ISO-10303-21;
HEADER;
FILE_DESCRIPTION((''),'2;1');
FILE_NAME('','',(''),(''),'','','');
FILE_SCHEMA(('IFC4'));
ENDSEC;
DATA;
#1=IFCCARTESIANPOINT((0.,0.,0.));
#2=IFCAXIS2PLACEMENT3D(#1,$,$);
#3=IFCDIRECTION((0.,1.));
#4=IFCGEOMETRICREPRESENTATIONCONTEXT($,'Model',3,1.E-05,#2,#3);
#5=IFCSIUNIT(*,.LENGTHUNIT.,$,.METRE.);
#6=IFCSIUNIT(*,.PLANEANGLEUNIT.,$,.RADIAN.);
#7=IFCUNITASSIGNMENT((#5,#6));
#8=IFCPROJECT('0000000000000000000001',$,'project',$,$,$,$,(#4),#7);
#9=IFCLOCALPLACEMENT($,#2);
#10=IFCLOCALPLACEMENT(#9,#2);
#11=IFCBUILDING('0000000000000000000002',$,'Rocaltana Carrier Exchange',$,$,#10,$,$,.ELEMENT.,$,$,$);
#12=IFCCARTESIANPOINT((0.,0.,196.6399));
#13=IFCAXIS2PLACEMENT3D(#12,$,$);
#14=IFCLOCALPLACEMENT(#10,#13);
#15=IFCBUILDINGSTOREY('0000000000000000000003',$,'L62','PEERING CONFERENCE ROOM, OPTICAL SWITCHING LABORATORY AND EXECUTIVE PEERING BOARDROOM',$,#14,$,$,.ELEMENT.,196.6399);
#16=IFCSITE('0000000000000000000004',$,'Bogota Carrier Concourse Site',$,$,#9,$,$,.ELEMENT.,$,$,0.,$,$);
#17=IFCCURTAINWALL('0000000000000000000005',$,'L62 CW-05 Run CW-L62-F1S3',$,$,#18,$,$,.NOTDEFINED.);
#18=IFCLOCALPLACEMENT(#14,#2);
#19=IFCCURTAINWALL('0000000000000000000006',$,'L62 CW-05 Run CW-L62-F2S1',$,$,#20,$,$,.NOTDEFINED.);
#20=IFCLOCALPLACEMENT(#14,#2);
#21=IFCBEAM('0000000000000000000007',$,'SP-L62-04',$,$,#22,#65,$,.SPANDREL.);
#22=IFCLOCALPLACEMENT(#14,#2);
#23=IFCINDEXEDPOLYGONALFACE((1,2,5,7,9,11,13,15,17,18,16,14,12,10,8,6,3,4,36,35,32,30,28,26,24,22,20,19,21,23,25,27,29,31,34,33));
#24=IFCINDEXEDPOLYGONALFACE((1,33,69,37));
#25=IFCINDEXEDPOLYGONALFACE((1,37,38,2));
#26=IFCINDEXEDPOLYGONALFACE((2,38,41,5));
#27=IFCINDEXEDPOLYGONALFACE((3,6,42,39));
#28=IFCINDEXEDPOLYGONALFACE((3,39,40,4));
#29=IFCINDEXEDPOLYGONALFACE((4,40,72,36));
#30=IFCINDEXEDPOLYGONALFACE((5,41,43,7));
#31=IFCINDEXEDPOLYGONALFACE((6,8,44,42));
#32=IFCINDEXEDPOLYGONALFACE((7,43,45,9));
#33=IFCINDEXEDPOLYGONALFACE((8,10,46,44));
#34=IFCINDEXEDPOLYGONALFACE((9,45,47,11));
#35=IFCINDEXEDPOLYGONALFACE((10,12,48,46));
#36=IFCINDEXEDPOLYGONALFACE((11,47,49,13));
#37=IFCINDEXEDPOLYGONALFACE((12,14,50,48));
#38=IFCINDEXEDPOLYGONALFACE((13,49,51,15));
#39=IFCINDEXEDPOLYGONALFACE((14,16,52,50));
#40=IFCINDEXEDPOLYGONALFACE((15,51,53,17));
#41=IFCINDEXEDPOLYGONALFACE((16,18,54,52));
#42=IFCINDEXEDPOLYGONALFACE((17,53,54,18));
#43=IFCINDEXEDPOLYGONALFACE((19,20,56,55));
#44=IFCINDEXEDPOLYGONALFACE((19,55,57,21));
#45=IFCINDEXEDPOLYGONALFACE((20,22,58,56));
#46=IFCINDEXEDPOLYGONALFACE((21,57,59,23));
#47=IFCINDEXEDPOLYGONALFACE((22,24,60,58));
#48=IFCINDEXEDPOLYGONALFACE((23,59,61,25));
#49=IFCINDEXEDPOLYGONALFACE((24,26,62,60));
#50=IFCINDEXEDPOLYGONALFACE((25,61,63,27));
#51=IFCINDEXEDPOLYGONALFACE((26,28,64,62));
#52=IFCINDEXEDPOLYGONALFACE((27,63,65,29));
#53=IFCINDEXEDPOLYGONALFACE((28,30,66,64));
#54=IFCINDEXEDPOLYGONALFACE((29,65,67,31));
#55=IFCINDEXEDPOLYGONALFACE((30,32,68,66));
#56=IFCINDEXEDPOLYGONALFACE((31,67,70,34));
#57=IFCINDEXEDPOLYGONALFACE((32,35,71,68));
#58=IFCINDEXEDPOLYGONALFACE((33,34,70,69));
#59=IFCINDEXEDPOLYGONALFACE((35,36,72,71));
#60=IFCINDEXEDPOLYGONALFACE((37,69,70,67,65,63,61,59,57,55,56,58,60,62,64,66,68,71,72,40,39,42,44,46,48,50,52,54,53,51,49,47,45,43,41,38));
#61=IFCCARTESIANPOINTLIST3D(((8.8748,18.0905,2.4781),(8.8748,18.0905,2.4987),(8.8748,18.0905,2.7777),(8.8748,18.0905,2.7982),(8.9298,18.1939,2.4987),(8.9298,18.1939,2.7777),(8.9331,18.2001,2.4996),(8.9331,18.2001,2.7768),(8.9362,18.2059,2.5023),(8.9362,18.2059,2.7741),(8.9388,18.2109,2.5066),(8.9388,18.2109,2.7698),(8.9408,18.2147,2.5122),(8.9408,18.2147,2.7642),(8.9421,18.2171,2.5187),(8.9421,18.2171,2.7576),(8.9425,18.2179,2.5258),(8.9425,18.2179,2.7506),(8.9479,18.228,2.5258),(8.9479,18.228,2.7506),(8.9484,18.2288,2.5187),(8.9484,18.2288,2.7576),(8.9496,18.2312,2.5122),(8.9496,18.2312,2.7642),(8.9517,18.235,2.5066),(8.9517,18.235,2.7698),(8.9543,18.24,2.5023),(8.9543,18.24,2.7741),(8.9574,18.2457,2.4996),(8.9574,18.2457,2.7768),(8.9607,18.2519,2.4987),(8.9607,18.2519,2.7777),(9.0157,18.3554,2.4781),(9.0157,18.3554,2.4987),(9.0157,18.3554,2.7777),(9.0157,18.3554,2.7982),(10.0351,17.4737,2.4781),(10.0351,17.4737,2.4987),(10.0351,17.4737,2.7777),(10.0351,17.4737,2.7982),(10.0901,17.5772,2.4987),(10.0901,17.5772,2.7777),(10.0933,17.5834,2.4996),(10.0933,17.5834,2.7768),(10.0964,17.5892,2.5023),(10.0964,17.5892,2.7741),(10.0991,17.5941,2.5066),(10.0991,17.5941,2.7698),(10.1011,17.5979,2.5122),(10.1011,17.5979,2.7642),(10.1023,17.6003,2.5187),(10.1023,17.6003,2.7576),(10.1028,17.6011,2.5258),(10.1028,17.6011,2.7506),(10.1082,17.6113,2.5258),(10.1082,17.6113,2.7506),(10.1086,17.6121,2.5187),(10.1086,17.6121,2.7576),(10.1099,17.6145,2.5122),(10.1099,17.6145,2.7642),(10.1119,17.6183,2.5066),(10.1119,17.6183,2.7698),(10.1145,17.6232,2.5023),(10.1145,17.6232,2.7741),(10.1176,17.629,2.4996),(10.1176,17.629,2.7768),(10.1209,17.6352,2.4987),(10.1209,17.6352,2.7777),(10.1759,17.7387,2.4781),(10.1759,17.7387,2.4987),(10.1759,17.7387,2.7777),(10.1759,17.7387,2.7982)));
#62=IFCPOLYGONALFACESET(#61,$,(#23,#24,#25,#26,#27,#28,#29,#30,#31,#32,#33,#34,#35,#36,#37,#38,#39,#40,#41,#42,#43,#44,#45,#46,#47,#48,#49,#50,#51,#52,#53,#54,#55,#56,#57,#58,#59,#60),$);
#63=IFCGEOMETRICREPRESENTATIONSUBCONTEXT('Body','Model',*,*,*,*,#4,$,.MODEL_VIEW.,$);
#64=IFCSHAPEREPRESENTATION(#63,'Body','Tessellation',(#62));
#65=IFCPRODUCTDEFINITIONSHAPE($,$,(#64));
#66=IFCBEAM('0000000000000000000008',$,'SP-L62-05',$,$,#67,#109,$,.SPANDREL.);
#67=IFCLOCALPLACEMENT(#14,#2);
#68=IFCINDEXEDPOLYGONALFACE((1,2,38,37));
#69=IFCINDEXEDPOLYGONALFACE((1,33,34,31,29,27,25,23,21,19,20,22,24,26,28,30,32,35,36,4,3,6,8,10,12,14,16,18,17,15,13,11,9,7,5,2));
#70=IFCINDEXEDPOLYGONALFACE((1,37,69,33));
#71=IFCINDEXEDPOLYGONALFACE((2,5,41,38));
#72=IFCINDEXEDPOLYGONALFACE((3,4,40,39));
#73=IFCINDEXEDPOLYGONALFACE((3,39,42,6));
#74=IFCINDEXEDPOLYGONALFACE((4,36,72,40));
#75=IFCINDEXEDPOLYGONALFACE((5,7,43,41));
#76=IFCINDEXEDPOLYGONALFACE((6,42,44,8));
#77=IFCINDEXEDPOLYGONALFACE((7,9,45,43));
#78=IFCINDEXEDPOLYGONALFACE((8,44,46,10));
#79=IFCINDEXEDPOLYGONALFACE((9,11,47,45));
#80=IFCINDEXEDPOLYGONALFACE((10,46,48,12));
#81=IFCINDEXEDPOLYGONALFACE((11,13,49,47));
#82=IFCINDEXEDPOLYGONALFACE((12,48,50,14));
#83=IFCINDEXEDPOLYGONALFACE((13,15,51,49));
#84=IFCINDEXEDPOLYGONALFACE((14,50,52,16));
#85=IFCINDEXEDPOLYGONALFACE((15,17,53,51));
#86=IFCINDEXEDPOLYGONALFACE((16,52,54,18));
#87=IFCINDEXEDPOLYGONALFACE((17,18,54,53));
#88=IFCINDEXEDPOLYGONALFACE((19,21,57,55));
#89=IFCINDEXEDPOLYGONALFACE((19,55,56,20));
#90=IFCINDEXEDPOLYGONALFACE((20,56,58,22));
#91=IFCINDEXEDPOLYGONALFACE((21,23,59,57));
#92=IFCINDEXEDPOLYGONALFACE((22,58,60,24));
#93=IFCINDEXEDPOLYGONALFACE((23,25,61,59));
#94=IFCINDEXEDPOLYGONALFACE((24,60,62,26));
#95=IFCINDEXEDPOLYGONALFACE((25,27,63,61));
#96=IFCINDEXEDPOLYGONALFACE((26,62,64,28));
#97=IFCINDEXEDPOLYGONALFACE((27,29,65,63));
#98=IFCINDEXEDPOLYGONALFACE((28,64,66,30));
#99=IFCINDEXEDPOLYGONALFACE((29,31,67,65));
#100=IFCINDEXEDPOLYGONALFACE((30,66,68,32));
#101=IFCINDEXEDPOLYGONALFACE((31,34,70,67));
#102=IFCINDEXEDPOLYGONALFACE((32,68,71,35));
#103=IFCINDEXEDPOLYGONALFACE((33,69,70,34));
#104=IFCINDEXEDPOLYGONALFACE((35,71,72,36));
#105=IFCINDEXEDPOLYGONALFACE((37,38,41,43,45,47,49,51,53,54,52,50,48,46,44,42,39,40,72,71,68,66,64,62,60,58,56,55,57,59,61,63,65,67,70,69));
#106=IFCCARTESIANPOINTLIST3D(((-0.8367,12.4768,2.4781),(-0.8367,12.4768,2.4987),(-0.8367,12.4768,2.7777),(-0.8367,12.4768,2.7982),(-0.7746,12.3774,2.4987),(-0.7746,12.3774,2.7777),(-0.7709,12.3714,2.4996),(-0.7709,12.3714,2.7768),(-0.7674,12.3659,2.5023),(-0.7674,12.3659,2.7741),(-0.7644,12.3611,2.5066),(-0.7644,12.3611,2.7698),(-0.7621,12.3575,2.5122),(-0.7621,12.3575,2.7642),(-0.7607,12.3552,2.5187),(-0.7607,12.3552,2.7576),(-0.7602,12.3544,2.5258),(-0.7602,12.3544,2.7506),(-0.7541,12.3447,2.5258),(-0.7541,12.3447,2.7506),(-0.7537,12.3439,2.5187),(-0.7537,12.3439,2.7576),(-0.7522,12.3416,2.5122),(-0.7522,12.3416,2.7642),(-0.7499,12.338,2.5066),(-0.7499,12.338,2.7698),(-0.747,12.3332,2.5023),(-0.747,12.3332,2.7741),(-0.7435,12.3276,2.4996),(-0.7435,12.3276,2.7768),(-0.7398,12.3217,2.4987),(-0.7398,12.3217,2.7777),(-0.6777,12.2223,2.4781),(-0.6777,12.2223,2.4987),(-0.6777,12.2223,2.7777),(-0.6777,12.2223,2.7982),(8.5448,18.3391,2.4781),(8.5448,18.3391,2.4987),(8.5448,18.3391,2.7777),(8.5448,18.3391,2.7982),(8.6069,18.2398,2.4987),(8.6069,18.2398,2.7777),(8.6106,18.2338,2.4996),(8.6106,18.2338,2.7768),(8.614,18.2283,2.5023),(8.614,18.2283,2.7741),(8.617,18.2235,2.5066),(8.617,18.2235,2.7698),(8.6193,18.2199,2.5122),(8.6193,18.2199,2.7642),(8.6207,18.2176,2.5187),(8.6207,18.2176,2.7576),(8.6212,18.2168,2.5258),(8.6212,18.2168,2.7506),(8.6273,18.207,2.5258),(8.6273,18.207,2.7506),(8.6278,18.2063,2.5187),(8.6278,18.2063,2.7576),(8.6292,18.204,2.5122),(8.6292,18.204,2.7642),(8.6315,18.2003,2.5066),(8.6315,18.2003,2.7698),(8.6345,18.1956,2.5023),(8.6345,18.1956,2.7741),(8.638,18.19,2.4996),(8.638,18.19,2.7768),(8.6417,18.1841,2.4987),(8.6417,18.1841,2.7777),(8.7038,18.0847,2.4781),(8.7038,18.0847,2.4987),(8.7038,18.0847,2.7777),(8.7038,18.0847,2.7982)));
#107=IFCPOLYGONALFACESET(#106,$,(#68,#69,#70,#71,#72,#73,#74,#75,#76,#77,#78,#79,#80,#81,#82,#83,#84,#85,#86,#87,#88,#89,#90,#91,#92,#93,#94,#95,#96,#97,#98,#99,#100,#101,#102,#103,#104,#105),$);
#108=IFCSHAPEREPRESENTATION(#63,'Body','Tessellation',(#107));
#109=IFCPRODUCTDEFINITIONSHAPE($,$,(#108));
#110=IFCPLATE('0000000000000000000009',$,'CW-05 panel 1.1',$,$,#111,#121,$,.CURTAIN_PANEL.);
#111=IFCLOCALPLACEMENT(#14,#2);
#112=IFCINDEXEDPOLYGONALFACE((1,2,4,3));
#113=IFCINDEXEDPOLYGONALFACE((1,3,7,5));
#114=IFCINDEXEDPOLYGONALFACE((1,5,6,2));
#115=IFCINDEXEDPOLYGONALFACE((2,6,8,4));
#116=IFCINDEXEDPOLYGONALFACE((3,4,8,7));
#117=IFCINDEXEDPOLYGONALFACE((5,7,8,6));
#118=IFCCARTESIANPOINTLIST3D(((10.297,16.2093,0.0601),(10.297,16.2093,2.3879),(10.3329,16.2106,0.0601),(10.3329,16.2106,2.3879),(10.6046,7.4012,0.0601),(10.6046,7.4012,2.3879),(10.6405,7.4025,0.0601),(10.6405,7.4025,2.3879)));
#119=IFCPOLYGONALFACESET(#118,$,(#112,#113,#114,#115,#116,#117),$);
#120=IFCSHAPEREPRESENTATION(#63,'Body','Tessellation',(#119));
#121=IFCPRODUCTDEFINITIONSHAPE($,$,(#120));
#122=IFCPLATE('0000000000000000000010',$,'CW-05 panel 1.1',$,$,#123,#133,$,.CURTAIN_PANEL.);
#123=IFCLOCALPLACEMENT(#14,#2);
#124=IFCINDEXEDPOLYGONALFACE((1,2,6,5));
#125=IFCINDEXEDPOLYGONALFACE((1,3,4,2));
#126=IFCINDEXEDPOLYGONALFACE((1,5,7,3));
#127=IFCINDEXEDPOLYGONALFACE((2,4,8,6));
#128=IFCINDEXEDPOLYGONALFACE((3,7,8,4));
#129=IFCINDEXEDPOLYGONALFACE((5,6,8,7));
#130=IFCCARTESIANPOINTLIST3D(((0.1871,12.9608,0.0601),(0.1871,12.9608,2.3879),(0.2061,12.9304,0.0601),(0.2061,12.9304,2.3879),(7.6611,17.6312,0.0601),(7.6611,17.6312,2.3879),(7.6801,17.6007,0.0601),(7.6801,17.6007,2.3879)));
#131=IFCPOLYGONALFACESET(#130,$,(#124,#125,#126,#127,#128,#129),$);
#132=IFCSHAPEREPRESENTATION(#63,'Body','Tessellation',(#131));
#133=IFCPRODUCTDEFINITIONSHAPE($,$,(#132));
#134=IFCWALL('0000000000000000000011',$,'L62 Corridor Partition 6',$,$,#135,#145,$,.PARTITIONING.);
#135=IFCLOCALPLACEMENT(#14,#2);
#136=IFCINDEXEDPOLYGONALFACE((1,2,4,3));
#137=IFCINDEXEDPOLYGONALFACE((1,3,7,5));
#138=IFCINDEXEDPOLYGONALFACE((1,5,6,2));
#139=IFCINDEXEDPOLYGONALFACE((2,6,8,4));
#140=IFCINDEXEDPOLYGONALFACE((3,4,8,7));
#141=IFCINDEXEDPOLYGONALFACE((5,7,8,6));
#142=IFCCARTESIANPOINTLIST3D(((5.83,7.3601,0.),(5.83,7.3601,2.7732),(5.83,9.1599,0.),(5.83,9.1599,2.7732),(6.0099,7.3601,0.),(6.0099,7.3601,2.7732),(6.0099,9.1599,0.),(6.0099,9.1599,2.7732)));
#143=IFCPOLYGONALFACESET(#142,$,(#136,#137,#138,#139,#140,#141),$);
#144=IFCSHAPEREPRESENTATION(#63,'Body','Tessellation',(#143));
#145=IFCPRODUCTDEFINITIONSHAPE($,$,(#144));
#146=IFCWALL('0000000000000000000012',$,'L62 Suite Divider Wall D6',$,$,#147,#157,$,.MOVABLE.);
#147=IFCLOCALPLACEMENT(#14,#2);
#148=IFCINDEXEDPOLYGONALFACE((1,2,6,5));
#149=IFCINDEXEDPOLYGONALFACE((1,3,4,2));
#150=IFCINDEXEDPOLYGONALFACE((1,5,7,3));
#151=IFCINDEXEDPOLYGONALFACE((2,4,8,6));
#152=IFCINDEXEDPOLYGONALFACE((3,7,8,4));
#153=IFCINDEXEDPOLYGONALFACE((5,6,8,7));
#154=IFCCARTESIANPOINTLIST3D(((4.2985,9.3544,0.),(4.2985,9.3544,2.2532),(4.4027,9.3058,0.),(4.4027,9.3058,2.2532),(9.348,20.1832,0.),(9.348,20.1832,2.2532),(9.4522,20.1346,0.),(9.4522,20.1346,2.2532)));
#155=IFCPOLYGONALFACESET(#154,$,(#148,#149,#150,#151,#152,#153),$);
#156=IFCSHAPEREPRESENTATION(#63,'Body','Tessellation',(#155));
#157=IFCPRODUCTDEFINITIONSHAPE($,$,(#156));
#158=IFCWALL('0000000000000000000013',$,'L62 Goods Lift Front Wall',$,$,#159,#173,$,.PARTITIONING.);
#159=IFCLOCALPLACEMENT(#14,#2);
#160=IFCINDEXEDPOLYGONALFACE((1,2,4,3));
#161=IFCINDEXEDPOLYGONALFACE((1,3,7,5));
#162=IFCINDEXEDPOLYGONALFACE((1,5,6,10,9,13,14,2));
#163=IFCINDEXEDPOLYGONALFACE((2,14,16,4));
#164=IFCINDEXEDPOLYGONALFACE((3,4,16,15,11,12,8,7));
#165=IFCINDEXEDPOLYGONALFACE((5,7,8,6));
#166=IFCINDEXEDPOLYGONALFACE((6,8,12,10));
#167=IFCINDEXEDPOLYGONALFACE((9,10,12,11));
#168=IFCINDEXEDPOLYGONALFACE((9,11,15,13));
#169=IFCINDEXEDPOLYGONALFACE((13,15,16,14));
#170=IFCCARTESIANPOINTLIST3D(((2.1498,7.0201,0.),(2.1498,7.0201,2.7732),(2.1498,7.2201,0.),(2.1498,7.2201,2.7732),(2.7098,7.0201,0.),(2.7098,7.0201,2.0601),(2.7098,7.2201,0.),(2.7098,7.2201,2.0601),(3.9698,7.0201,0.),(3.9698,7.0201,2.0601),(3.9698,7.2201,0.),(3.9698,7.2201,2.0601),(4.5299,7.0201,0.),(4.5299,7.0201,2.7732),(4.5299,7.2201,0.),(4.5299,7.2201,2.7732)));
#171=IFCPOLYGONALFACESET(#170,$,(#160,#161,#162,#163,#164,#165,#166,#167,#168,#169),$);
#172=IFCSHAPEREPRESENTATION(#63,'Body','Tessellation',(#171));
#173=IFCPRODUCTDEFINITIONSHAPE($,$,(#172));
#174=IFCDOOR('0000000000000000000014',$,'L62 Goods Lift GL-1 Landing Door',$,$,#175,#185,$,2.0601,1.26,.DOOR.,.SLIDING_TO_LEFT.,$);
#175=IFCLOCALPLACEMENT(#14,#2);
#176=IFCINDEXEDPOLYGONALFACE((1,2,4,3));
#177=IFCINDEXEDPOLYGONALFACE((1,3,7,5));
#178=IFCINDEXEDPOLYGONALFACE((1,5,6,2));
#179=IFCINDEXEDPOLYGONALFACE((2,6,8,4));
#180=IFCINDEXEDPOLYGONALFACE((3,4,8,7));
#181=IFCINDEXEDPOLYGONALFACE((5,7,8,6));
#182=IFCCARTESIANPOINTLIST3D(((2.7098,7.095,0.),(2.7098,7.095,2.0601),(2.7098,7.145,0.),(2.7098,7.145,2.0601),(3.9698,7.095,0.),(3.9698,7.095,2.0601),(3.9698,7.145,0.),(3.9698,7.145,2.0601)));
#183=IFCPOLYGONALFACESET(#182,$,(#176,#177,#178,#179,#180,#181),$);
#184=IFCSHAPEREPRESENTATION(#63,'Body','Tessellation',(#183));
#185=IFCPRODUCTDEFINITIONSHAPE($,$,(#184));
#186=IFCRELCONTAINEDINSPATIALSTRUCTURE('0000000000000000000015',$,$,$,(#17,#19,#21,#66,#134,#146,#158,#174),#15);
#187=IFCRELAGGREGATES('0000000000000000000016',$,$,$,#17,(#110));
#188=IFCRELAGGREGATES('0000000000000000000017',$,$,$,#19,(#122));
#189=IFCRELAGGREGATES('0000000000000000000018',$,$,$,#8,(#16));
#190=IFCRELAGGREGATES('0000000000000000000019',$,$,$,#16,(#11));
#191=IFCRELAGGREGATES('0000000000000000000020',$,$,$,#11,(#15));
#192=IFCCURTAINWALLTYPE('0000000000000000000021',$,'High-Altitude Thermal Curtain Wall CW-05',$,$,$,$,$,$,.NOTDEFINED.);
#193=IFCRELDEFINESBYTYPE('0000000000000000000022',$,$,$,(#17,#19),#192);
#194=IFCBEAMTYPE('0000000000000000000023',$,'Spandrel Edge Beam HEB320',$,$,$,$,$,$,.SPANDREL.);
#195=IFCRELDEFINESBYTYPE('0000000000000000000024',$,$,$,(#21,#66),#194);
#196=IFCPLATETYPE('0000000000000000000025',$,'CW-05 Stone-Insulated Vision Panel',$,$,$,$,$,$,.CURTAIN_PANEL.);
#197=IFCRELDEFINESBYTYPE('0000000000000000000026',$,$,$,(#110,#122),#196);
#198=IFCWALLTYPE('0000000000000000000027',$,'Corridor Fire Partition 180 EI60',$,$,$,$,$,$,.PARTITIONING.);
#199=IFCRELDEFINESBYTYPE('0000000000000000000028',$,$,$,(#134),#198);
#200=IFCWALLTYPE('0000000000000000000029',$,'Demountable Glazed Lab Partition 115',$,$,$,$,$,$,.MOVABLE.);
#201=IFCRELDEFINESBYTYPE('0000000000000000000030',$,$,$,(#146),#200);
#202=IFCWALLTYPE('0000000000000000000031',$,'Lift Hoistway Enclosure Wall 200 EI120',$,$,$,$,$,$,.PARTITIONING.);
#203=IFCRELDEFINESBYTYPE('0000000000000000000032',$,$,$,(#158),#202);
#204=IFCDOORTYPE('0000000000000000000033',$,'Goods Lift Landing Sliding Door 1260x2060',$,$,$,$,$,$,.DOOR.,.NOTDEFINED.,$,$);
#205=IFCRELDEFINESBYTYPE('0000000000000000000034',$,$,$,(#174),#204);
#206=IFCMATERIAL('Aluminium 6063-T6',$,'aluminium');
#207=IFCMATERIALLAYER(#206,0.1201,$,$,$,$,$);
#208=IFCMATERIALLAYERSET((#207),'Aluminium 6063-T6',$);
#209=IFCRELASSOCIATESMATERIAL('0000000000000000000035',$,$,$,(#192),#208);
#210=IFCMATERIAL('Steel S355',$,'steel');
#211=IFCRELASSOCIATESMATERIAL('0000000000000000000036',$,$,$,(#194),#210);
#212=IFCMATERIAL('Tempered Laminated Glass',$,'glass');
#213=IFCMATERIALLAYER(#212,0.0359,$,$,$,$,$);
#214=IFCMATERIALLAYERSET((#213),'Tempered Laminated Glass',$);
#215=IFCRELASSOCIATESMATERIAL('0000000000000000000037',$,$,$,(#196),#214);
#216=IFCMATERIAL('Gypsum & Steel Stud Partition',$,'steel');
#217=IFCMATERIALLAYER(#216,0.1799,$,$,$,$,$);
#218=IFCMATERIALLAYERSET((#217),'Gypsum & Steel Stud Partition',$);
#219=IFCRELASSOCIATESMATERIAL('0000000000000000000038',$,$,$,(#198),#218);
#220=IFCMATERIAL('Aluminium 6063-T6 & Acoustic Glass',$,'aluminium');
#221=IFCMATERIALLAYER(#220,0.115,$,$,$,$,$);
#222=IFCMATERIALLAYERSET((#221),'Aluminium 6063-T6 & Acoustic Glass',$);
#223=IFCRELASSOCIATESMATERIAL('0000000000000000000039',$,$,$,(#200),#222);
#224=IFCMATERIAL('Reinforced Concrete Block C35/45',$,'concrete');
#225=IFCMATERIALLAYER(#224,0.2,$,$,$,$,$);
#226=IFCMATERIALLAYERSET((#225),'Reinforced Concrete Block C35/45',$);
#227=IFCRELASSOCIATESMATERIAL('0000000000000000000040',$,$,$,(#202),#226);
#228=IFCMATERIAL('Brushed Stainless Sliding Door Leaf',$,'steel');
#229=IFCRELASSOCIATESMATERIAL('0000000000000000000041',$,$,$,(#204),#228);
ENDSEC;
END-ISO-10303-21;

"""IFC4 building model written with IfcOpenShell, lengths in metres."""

from ifc_helpers import new_model, si_unit, direction, frame, frame_2d, origin, origin_2d, place, context, subcontext, project, spatial, rectangle, i_section, extrude, material, layer, layer_set, material_profile, profile_set, type_object, element, fill, aggregate, save


model = new_model("IFC4")

# Units and contexts
model_context = context("Model", 3, precision=1e-05, world=origin(), true_north=direction((0.0, 1.0)))
body_context = subcontext(model_context, "Body", "Model", "MODEL_VIEW")
ifc_project = project(units=[si_unit("LENGTHUNIT", "METRE"), si_unit("PLANEANGLEUNIT", "RADIAN")], contexts=[model_context])

# Site, building, storey
site_placement = place(None, origin())
site = spatial("IfcSite", under=ifc_project, at=site_placement, Name="Bogota Carrier Concourse Site", CompositionType="ELEMENT", RefElevation=0.0)
building_placement = place(site_placement, origin())
building = spatial("IfcBuilding", under=site, at=building_placement, Name="Rocaltana Carrier Exchange", CompositionType="ELEMENT")
storey_placement = place(building_placement, frame((0.0, 0.0, 196.6399)))
storey = spatial("IfcBuildingStorey", under=building, at=storey_placement, Name="L62", Description="PEERING CONFERENCE ROOM, OPTICAL SWITCHING LABORATORY AND EXECUTIVE PEERING BOARDROOM", CompositionType="ELEMENT", Elevation=196.6399)

# Curtain walls
ifc_material_1 = material(Name="Aluminium 6063-T6", Category="aluminium")
ifc_layer_1 = layer(ifc_material_1, 0.1201)
ifc_layer_set_1 = layer_set([ifc_layer_1], Name="Aluminium 6063-T6")
curtain_wall_type = type_object("IfcCurtainWallType", Name="High-Altitude Thermal Curtain Wall CW-05", PredefinedType="NOTDEFINED", material=ifc_layer_set_1)
curtain_wall_1_placement = place(storey_placement, origin())
curtain_wall_1 = element("IfcCurtainWall", 1, at=curtain_wall_1_placement, inside=storey, type_object=curtain_wall_type, Name="L62 CW-05 Run CW-L62-F1S3", PredefinedType="NOTDEFINED")
curtain_wall_2_placement = place(storey_placement, origin())
curtain_wall_2 = element("IfcCurtainWall", 2, at=curtain_wall_2_placement, inside=storey, type_object=curtain_wall_type, Name="L62 CW-05 Run CW-L62-F2S1", PredefinedType="NOTDEFINED")

# Beams
ifc_material_2 = material(Name="Steel S355", Category="steel")
ifc_material_profile_1 = material_profile(ifc_material_2, i_section(OverallWidth=0.3, OverallDepth=0.3201, WebThickness=0.0115, FlangeThickness=0.0205, FilletRadius=0.0271, at=origin_2d()), Name="HEB320")
ifc_profile_set_1 = profile_set([ifc_material_profile_1], Name="Steel S355")
beam_type_1 = type_object("IfcBeamType", Name="Spandrel Edge Beam HEB320", PredefinedType="SPANDREL", material=ifc_profile_set_1)
beam_1_placement = place(storey_placement, frame((10.1055, 17.6062, 2.6382), z_axis=(-0.883, 0.469373, 0.0), x_axis=(-0.469373, -0.883, 0.0)))
element("IfcBeam", 3, at=beam_1_placement, inside=storey, type_object=beam_type_1, Name="SP-L62-04", PredefinedType="SPANDREL", context=body_context, shape_type="SweptSolid", body=[
    extrude(i_section(OverallWidth=0.3, OverallDepth=0.3201, WebThickness=0.0115, FlangeThickness=0.0205, FilletRadius=0.0271, at=origin_2d()), origin(), (0.0, 0.0, 1.0), 1.314),
])
beam_2_placement = place(storey_placement, frame((8.6243, 18.2119, 2.6382), z_axis=(-0.84804, -0.529931, 0.0), x_axis=(0.529931, -0.84804, 0.0)))
element("IfcBeam", 4, at=beam_2_placement, inside=storey, type_object=beam_type_1, Name="SP-L62-05", PredefinedType="SPANDREL", context=body_context, shape_type="SweptSolid", body=[
    extrude(i_section(OverallWidth=0.3, OverallDepth=0.3201, WebThickness=0.0115, FlangeThickness=0.0205, FilletRadius=0.0271, at=origin_2d()), origin(), (0.0, 0.0, 1.0), 11.0625),
])

# Plates
ifc_material_3 = material(Name="Tempered Laminated Glass", Category="glass")
ifc_layer_2 = layer(ifc_material_3, 0.0359)
ifc_layer_set_2 = layer_set([ifc_layer_2], Name="Tempered Laminated Glass")
plate_type = type_object("IfcPlateType", Name="CW-05 Stone-Insulated Vision Panel", PredefinedType="CURTAIN_PANEL", material=ifc_layer_set_2)
plate_1_placement = place(storey_placement, frame((10.4688, 11.8059, 0.0601), z_axis=(0.0, 0.0, 1.0), x_axis=(-0.034903, 0.999391, 0.0)))
plate_1 = element("IfcPlate", 5, at=plate_1_placement, type_object=plate_type, Name="CW-05 panel 1.1", PredefinedType="CURTAIN_PANEL", context=body_context, shape_type="SweptSolid", body=[
    extrude(rectangle(XDim=8.8135, YDim=0.0359, at=origin_2d()), origin(), (0.0, 0.0, 1.0), 2.3279),
])
aggregate(curtain_wall_1, [plate_1])
plate_2_placement = place(storey_placement, frame((3.9336, 15.2808, 0.0601), z_axis=(0.0, 0.0, 1.0), x_axis=(-0.848042, -0.529929, 0.0)))
plate_2 = element("IfcPlate", 6, at=plate_2_placement, type_object=plate_type, Name="CW-05 panel 1.1", PredefinedType="CURTAIN_PANEL", context=body_context, shape_type="SweptSolid", body=[
    extrude(rectangle(XDim=8.8132, YDim=0.0359, at=origin_2d()), origin(), (0.0, 0.0, 1.0), 2.3279),
])
aggregate(curtain_wall_2, [plate_2])

# Walls
ifc_material_4 = material(Name="Gypsum & Steel Stud Partition", Category="steel")
ifc_layer_3 = layer(ifc_material_4, 0.1799)
ifc_layer_set_3 = layer_set([ifc_layer_3], Name="Gypsum & Steel Stud Partition")
wall_type_1 = type_object("IfcWallType", Name="Corridor Fire Partition 180 EI60", PredefinedType="PARTITIONING", material=ifc_layer_set_3)
wall_1_placement = place(storey_placement, frame((5.9199, 9.1599, 0.0), z_axis=(0.0, 0.0, 1.0), x_axis=(0.0, -1.0, 0.0)))
element("IfcWall", 7, at=wall_1_placement, inside=storey, type_object=wall_type_1, Name="L62 Corridor Partition 6", PredefinedType="PARTITIONING", context=body_context, shape_type="SweptSolid", body=[
    extrude(rectangle(XDim=1.7998, YDim=0.1799, at=frame_2d((0.8999, 0.0))), origin(), (0.0, 0.0, 1.0), 2.7732),
])
ifc_material_5 = material(Name="Aluminium 6063-T6 & Acoustic Glass", Category="aluminium")
ifc_layer_4 = layer(ifc_material_5, 0.115)
ifc_layer_set_4 = layer_set([ifc_layer_4], Name="Aluminium 6063-T6 & Acoustic Glass")
wall_type_2 = type_object("IfcWallType", Name="Demountable Glazed Lab Partition 115", PredefinedType="MOVABLE", material=ifc_layer_set_4)
wall_2_placement = place(storey_placement, frame((4.3506, 9.3301, 0.0), z_axis=(0.0, 0.0, 1.0), x_axis=(0.422617, 0.906308, 0.0)))
element("IfcWall", 8, at=wall_2_placement, inside=storey, type_object=wall_type_2, Name="L62 Suite Divider Wall D6", PredefinedType="MOVABLE", context=body_context, shape_type="SweptSolid", body=[
    extrude(rectangle(XDim=11.9482, YDim=0.115, at=frame_2d((5.9741, 0.0))), origin(), (0.0, 0.0, 1.0), 2.2532),
])

# Wall, opening, door
ifc_material_6 = material(Name="Reinforced Concrete Block C35/45", Category="concrete")
ifc_layer_5 = layer(ifc_material_6, 0.2)
ifc_layer_set_5 = layer_set([ifc_layer_5], Name="Reinforced Concrete Block C35/45")
wall_type_3 = type_object("IfcWallType", Name="Lift Hoistway Enclosure Wall 200 EI120", PredefinedType="PARTITIONING", material=ifc_layer_set_5)
wall_3_placement = place(storey_placement, frame((2.1499, 7.1201, 0.0), z_axis=(0.0, 0.0, 1.0), x_axis=(1.0, 0.0, 0.0)))
wall_3 = element("IfcWall", 9, at=wall_3_placement, inside=storey, type_object=wall_type_3, Name="L62 Goods Lift Front Wall", PredefinedType="PARTITIONING", context=body_context, shape_type="SweptSolid", body=[
    extrude(rectangle(XDim=2.3801, YDim=0.2, at=frame_2d((1.1899, 0.0))), origin(), (0.0, 0.0, 1.0), 2.7732),
])
opening_1_placement = place(wall_3_placement, frame((0.5601, 0.0, 0.0)))
opening_1 = element("IfcOpeningElement", 10, at=opening_1_placement, cuts=wall_3, PredefinedType="OPENING", context=body_context, shape_type="SweptSolid", body=[
    extrude(rectangle(XDim=1.26, YDim=2.0601, at=frame_2d((0.6299, 1.03))), frame((0.0, 0.1099, 0.0), z_axis=(0.0, -1.0, 0.0), x_axis=(1.0, 0.0, 0.0)), (0.0, 0.0, 1.0), 0.22),
])
ifc_material_7 = material(Name="Brushed Stainless Sliding Door Leaf", Category="steel")
door_type_1 = type_object("IfcDoorType", Name="Goods Lift Landing Sliding Door 1260x2060", OperationType="NOTDEFINED", PredefinedType="DOOR", material=ifc_material_7)
door_1_placement = place(opening_1_placement, origin())
door_1 = element("IfcDoor", 11, at=door_1_placement, inside=storey, type_object=door_type_1, Name="L62 Goods Lift GL-1 Landing Door", OperationType="SLIDING_TO_LEFT", OverallHeight=2.0601, OverallWidth=1.26, PredefinedType="DOOR", context=body_context, shape_type="SweptSolid", body=[
    extrude(rectangle(XDim=1.26, YDim=2.0601, at=frame_2d((0.6299, 1.03))), frame((0.0, 0.0249, 0.0), z_axis=(0.0, -1.0, 0.0), x_axis=(1.0, 0.0, 0.0)), (0.0, 0.0, 1.0), 0.05),
])
fill(opening_1, door_1)

save(model, "model.ifc")
